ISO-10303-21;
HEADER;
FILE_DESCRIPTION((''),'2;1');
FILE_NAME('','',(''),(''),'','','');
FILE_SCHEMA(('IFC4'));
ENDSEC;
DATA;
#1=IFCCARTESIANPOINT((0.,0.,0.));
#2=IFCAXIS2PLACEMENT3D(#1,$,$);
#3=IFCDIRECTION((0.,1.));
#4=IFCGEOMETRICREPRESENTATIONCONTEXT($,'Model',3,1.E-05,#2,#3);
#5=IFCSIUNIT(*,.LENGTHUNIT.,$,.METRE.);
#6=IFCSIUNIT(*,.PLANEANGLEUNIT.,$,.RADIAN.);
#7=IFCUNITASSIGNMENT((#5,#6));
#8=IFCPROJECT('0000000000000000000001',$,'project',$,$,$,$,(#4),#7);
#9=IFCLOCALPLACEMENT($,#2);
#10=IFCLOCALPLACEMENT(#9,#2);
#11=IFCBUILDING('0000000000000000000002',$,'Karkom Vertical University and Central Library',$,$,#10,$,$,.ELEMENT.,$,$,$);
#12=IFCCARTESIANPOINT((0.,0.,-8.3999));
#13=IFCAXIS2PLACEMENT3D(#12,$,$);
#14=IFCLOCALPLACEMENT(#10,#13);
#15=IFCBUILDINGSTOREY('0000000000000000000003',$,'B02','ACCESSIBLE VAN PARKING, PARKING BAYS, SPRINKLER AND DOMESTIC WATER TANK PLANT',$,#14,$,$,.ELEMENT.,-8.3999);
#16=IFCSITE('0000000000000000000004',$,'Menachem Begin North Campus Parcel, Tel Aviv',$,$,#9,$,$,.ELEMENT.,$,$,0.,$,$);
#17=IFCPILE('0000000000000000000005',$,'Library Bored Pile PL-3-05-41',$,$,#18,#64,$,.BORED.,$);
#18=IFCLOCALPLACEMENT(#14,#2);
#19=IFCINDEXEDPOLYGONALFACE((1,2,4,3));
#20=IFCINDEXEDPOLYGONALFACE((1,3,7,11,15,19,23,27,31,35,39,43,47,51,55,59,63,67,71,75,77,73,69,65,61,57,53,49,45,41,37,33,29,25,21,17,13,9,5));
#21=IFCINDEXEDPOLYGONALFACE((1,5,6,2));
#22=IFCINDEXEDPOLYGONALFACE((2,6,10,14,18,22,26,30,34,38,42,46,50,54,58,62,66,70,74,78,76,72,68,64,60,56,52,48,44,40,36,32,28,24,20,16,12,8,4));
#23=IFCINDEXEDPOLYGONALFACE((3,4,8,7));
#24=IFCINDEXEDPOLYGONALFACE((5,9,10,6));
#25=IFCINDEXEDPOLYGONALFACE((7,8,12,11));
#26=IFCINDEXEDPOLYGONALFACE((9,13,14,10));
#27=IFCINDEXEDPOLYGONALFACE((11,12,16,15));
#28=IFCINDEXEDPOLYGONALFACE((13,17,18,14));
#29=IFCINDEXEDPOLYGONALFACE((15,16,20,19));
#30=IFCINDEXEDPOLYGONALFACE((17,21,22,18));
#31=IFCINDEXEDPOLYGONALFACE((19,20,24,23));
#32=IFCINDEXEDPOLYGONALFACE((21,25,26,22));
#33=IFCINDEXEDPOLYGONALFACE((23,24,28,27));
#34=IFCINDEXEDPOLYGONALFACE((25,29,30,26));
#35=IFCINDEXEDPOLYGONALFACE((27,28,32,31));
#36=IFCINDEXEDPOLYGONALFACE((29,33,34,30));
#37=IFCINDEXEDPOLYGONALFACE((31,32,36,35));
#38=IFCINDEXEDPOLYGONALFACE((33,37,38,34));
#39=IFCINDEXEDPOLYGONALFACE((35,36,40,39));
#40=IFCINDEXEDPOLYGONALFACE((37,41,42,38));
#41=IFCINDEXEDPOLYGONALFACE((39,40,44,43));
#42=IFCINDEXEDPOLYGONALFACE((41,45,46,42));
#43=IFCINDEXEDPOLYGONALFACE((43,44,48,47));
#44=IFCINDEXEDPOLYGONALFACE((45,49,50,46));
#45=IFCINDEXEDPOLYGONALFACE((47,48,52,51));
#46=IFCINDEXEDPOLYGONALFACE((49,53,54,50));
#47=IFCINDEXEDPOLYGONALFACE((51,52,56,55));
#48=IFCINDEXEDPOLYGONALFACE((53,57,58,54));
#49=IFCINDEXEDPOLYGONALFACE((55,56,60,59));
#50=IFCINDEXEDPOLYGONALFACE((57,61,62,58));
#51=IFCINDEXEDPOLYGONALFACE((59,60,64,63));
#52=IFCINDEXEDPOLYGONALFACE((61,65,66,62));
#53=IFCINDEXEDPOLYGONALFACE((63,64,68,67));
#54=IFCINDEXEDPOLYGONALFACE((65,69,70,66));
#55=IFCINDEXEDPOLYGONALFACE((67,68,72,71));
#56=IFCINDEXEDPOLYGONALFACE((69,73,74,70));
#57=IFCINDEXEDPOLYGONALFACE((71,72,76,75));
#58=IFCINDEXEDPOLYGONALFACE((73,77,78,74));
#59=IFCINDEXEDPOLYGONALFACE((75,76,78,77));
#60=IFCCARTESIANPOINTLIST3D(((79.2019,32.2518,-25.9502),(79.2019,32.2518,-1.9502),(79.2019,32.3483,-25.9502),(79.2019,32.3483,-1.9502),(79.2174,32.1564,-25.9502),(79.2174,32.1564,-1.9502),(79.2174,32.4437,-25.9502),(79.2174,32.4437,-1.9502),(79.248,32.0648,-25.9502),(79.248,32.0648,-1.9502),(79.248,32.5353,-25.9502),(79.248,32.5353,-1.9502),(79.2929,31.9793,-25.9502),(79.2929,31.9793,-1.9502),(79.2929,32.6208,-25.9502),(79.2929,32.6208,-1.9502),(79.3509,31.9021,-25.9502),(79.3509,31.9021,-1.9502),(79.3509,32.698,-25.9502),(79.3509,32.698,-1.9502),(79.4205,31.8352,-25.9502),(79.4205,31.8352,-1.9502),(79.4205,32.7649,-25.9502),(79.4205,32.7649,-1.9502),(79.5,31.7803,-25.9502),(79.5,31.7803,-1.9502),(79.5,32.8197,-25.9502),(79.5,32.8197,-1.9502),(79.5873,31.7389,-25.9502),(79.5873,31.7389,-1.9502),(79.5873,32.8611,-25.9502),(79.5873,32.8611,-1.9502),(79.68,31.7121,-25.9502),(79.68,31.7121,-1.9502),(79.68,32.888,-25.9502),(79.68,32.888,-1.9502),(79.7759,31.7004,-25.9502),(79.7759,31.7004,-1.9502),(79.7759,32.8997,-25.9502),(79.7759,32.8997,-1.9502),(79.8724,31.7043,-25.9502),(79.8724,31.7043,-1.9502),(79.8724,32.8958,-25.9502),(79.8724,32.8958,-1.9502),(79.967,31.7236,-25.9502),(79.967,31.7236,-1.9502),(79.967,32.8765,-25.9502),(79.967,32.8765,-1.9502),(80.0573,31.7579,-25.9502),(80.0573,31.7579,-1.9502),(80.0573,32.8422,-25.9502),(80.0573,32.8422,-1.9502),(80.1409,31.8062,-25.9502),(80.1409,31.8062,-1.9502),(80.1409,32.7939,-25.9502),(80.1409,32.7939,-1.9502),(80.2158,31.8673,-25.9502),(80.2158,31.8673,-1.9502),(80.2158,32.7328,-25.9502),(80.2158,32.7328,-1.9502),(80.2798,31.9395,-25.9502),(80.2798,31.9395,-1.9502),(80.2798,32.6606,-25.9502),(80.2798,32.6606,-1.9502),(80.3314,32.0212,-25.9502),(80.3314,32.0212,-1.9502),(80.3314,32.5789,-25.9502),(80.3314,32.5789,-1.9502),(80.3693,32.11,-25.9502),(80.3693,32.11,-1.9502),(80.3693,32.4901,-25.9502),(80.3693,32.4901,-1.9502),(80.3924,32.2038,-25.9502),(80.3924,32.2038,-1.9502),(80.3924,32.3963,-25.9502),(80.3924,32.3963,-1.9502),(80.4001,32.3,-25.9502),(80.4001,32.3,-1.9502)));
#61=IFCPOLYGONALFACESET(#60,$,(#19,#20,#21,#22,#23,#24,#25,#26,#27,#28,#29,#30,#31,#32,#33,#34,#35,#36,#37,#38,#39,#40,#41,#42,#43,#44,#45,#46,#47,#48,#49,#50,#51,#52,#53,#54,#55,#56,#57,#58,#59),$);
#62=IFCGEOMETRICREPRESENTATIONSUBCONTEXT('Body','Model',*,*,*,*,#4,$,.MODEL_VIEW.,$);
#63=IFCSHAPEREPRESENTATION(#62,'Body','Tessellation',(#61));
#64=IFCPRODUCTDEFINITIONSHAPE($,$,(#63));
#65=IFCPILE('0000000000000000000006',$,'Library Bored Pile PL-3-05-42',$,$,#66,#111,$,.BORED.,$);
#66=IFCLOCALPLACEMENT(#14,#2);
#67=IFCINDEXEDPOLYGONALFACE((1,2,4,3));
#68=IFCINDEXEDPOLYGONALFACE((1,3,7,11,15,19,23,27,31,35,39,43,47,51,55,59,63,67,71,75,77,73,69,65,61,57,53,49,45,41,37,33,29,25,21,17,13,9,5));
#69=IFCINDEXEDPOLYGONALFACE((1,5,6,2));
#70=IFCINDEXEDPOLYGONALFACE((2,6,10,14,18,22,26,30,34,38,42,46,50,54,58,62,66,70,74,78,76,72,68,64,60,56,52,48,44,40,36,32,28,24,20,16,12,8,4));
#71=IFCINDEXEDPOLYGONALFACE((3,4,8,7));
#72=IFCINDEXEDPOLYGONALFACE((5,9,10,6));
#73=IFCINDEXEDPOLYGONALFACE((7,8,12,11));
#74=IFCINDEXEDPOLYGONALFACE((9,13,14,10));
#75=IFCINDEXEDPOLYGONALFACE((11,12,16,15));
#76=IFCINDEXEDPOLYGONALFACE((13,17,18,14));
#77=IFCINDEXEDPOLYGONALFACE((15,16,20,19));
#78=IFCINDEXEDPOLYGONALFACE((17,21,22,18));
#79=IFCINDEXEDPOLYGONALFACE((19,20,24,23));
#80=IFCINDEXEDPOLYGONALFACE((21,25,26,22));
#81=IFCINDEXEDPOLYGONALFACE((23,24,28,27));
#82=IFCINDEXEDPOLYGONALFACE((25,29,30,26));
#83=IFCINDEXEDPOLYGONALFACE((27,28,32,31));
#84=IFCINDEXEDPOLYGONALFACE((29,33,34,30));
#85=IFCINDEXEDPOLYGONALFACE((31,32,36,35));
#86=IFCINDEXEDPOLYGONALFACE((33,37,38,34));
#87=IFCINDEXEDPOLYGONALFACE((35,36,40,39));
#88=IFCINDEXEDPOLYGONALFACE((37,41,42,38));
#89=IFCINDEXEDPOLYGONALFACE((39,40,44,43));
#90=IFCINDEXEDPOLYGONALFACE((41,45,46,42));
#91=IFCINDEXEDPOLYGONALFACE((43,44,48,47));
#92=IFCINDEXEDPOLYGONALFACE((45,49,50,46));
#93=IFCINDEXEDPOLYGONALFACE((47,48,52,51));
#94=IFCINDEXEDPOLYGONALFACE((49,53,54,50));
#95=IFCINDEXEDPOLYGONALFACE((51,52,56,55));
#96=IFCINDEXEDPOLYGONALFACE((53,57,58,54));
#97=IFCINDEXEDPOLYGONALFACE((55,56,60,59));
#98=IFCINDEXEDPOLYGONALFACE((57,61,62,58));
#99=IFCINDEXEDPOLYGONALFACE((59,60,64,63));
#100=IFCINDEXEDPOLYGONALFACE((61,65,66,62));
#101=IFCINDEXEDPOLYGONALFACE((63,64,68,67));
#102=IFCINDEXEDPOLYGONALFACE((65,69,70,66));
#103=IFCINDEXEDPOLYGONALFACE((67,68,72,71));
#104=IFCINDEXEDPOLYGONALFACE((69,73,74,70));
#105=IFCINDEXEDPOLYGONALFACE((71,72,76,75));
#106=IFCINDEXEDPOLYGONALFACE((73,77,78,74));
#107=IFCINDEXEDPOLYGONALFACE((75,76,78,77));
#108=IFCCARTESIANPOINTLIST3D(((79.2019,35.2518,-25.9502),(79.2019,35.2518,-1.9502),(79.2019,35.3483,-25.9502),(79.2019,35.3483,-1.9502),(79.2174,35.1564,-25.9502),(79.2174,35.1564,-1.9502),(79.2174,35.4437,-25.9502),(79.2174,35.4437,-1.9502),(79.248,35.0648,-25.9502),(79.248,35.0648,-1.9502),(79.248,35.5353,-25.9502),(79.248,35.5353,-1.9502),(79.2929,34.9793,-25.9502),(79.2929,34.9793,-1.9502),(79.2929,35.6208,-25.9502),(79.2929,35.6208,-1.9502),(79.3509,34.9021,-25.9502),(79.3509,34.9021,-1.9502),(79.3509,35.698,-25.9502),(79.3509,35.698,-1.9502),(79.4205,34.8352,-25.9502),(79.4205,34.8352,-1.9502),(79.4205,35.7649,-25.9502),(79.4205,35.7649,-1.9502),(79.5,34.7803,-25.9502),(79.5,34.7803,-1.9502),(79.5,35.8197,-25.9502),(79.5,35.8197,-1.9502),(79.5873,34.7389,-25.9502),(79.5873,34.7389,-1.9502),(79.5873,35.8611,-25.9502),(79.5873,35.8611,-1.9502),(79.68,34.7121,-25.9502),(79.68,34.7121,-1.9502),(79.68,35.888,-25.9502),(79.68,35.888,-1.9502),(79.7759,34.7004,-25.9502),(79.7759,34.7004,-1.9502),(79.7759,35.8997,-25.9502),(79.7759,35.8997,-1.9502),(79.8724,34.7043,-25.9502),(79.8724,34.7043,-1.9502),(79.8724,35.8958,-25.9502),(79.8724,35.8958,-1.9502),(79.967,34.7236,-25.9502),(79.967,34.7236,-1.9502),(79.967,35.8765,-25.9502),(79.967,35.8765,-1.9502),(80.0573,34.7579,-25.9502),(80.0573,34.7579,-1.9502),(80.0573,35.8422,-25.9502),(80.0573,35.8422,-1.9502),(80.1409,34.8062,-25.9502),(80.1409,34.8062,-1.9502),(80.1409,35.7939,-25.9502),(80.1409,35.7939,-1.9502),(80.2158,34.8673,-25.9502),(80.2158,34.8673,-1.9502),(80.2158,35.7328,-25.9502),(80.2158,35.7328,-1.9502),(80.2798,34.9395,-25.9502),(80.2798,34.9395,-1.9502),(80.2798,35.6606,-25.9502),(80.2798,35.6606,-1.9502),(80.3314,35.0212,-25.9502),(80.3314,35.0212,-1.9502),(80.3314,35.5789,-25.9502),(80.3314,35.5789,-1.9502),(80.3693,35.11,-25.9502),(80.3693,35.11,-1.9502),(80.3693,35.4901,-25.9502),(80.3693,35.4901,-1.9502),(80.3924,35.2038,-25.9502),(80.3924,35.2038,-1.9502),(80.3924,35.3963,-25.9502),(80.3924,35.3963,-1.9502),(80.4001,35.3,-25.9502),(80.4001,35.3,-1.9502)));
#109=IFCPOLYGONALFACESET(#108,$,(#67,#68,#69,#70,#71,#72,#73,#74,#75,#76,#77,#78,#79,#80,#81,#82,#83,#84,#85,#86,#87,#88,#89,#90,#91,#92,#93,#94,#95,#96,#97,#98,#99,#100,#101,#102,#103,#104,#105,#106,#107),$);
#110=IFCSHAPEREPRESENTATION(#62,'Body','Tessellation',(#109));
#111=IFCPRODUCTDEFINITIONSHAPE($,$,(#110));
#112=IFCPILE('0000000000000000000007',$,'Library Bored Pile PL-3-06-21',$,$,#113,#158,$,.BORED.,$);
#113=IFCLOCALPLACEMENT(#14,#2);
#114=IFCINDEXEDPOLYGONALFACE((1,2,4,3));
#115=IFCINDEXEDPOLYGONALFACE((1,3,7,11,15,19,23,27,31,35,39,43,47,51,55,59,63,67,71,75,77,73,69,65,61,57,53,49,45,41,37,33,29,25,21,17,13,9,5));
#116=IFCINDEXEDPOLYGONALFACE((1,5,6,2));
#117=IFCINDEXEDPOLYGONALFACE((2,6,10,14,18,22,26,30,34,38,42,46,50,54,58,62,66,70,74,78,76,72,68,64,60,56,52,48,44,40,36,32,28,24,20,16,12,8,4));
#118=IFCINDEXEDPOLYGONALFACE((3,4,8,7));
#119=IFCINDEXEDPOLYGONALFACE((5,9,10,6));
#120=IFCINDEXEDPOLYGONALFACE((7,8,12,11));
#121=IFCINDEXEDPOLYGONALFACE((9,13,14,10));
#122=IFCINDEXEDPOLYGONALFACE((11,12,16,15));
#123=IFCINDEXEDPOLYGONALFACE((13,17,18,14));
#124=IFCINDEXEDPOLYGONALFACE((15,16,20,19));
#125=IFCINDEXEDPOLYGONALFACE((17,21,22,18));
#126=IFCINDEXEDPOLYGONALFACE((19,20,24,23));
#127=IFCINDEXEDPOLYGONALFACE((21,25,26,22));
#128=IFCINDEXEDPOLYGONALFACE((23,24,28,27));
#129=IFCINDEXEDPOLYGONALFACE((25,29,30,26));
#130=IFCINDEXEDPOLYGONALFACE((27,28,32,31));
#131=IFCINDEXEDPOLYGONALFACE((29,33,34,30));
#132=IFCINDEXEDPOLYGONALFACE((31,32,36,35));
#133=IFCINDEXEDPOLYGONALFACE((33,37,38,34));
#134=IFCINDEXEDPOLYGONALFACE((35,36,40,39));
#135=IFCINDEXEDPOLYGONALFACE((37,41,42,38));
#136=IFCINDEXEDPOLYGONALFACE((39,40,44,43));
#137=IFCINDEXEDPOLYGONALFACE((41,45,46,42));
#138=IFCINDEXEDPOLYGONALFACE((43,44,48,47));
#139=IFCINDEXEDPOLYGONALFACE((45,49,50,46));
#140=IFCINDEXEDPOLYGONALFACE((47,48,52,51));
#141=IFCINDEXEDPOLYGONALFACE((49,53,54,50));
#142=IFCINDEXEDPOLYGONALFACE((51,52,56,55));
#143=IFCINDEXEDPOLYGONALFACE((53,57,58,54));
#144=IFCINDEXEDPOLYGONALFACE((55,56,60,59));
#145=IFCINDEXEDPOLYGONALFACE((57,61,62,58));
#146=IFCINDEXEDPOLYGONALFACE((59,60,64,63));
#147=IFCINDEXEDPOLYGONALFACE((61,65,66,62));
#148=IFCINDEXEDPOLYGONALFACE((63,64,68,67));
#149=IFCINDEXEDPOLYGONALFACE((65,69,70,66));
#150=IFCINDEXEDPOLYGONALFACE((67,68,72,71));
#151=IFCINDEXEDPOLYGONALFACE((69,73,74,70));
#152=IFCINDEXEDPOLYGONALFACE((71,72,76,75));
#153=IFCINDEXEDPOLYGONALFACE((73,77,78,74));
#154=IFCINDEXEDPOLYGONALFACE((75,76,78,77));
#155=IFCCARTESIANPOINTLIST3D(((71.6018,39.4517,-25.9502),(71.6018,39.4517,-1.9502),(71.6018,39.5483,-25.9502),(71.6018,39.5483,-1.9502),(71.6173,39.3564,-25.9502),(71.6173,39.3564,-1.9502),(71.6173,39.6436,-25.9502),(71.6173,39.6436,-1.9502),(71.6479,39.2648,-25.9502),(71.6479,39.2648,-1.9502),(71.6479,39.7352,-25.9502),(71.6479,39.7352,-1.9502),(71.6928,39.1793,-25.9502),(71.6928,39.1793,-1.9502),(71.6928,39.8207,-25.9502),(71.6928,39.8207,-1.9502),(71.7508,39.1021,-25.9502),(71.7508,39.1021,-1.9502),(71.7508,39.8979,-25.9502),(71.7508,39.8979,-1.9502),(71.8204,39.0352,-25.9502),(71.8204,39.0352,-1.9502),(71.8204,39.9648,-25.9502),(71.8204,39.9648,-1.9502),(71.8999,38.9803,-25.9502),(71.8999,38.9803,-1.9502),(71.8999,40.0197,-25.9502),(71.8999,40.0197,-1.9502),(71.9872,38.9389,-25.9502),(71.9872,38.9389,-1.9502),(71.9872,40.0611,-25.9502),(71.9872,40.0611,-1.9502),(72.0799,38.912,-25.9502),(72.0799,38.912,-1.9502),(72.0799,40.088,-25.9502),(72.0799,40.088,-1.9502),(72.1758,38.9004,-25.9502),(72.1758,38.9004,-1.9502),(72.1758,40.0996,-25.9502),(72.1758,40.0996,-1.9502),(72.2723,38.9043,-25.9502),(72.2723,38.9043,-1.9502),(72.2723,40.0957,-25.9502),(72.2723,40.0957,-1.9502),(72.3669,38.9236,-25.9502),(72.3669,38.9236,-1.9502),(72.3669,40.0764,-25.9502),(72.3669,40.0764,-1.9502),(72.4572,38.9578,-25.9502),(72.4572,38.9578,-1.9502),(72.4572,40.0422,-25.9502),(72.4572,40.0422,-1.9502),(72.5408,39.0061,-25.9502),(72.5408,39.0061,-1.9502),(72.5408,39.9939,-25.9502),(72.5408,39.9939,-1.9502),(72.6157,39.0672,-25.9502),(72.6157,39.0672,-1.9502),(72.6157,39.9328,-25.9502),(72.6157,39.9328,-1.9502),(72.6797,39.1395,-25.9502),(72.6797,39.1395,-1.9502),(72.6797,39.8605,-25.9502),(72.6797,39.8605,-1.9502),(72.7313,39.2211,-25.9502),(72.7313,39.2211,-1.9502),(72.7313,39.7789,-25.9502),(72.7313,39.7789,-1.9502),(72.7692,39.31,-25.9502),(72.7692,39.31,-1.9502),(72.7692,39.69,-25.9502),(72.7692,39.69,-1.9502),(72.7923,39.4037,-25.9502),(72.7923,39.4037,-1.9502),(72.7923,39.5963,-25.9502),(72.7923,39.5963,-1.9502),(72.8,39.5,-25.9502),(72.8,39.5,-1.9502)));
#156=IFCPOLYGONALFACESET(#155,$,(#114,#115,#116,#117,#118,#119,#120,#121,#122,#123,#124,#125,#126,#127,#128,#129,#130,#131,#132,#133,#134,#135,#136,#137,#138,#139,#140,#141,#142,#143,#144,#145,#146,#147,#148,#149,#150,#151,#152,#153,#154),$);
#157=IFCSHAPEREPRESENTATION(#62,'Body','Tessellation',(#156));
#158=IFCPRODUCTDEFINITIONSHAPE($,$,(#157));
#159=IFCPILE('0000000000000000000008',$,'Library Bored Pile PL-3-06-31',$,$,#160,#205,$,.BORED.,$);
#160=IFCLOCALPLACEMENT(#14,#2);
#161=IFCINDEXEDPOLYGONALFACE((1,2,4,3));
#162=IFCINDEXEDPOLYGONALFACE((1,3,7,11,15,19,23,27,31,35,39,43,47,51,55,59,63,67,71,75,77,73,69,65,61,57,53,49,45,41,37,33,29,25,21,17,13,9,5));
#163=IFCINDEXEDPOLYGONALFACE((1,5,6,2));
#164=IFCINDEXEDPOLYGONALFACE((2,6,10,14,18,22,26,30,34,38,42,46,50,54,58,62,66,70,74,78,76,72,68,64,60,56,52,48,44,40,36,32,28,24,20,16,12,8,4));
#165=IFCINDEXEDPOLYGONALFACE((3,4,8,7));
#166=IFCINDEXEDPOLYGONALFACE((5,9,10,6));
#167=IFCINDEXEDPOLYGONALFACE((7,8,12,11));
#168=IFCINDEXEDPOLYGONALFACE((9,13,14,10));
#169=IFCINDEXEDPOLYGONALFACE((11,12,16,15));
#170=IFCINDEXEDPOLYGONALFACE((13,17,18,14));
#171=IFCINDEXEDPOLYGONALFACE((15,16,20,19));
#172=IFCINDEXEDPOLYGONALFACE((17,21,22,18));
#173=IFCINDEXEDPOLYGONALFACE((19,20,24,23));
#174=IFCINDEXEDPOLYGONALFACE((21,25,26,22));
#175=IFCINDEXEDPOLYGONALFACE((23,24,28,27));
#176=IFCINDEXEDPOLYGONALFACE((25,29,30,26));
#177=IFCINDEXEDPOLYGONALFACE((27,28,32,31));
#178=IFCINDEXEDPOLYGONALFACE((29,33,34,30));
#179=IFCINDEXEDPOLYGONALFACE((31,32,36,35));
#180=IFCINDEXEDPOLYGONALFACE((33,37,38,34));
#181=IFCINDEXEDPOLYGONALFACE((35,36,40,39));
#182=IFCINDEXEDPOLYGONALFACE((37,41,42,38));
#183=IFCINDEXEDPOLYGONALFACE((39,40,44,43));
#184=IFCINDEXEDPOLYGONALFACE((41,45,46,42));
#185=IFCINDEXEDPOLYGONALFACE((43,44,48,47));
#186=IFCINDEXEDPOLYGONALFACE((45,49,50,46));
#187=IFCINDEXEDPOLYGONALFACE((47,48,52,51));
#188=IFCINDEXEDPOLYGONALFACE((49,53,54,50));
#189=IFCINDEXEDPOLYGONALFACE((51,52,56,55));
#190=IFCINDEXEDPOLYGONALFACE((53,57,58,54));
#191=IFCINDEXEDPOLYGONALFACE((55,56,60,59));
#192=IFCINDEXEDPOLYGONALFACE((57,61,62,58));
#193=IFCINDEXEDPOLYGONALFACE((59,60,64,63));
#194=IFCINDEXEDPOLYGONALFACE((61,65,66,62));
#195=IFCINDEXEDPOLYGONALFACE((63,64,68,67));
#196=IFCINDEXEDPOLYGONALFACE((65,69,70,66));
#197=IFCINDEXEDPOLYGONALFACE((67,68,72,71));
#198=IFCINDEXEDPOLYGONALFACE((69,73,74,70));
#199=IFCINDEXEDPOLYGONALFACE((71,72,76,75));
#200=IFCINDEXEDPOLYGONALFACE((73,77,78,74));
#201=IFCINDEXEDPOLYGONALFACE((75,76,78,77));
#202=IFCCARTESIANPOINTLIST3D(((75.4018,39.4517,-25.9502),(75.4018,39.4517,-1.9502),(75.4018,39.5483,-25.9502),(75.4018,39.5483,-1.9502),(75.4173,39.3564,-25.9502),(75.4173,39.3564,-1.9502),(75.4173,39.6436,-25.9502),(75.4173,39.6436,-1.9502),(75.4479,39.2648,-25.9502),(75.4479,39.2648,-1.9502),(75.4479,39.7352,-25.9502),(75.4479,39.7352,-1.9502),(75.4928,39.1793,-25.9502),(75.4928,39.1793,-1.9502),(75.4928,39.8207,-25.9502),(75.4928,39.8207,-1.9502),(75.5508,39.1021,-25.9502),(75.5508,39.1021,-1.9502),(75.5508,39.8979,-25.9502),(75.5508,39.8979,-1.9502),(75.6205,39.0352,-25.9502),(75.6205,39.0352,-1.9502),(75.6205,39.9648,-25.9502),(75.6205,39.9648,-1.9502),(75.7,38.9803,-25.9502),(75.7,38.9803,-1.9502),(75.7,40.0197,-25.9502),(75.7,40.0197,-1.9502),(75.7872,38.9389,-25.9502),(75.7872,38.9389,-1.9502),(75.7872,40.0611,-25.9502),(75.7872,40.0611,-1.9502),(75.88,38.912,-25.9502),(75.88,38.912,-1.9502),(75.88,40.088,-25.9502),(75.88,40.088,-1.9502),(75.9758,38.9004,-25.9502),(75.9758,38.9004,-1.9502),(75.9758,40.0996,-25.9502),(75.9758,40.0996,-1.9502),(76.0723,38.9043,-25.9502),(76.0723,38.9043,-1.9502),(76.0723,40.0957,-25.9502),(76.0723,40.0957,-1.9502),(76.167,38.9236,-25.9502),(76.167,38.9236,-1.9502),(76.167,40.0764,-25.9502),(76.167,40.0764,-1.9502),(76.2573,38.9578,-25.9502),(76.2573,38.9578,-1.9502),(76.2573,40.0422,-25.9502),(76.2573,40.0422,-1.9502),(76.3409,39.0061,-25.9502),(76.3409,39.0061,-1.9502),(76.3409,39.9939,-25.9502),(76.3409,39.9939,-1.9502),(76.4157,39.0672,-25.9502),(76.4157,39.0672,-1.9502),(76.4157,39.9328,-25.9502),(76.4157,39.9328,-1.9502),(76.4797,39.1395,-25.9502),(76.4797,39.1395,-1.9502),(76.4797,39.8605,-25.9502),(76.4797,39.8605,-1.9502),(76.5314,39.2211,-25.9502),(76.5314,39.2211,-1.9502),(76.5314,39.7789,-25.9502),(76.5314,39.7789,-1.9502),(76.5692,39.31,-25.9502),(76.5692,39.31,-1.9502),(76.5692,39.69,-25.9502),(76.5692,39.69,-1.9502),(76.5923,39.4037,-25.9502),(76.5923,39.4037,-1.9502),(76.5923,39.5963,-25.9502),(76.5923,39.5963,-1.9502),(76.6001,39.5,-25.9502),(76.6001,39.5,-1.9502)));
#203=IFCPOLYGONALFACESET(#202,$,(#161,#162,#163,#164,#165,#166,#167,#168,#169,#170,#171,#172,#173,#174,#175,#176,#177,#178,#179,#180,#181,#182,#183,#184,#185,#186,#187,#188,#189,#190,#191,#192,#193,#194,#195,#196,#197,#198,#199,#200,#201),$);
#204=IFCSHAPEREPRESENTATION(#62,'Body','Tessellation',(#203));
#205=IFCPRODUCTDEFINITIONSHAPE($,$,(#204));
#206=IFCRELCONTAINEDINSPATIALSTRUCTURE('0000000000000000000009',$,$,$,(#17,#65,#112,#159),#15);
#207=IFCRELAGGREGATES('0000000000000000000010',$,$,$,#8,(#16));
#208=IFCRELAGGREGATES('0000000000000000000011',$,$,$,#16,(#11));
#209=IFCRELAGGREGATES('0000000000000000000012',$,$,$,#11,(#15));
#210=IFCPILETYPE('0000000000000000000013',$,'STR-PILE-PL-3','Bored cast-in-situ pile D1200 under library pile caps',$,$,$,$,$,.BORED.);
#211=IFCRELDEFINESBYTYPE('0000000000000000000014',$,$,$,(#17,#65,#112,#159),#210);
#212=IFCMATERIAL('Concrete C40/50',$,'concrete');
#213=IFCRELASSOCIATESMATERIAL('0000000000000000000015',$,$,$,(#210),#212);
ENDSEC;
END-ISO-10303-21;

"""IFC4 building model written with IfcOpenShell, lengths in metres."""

from ifc_helpers import new_model, si_unit, direction, frame, origin, origin_with_axes, origin_2d, place, context, subcontext, project, spatial, circle, extrude, source, transform, mapped, material, material_profile, profile_set, type_object, element, save


model = new_model("IFC4")

# Units and contexts
model_context = context("Model", 3, precision=1e-05, world=origin(), true_north=direction((0.0, 1.0)))
body_context = subcontext(model_context, "Body", "Model", "MODEL_VIEW")
ifc_project = project(units=[si_unit("LENGTHUNIT", "METRE"), si_unit("PLANEANGLEUNIT", "RADIAN")], contexts=[model_context])

# Site, building, storey
site_placement = place(None, origin())
site = spatial("IfcSite", under=ifc_project, at=site_placement, Name="Menachem Begin North Campus Parcel, Tel Aviv", CompositionType="ELEMENT", RefElevation=0.0)
building_placement = place(site_placement, origin())
building = spatial("IfcBuilding", under=site, at=building_placement, Name="Karkom Vertical University and Central Library", CompositionType="ELEMENT")
storey_placement = place(building_placement, frame((0.0, 0.0, -8.3999)))
storey = spatial("IfcBuildingStorey", under=building, at=storey_placement, Name="B02", Description="ACCESSIBLE VAN PARKING, PARKING BAYS, SPRINKLER AND DOMESTIC WATER TANK PLANT", CompositionType="ELEMENT", Elevation=-8.3999)

# Piles
ifc_material_1 = material(Name="Concrete C40/50", Category="concrete")
ifc_material_profile_1 = material_profile(ifc_material_1, circle(Radius=0.6001, at=origin_2d()), Name="PILE-D1200")
ifc_profile_set_1 = profile_set([ifc_material_profile_1], Name="Concrete C40/50")
pile_type = type_object("IfcPileType", Name="STR-PILE-PL-3", Description="Bored cast-in-situ pile D1200 under library pile caps", PredefinedType="BORED", material=ifc_profile_set_1)
shared_shape_1 = source(origin_with_axes(), body_context, "Body", "SweptSolid", [
    extrude(circle(Radius=0.6001, at=origin_2d()), origin(), (0.0, 0.0, 1.0), 24.0),
])
for number, where, z_axis, x_axis, name in (
    (1, (79.8, 32.3, -1.9502), (0.0, 0.0, -1.0), (1.0, 0.0, 0.0), "Library Bored Pile PL-3-05-41"),
    (2, (79.8, 35.3, -1.9502), (0.0, 0.0, -1.0), (1.0, 0.0, 0.0), "Library Bored Pile PL-3-05-42"),
    (3, (72.2, 39.5, -1.9502), (0.0, 0.0, -1.0), (1.0, 0.0, 0.0), "Library Bored Pile PL-3-06-21"),
    (4, (76.0, 39.5, -1.9502), (0.0, 0.0, -1.0), (1.0, 0.0, 0.0), "Library Bored Pile PL-3-06-31"),
):
    element("IfcPile", number, at=place(storey_placement, frame(where, z_axis=z_axis, x_axis=x_axis)), inside=storey, type_object=pile_type, Name=name, PredefinedType="BORED", context=body_context, shape_type="MappedRepresentation", body=[
        mapped(shared_shape_1, transform((0.0, 0.0, 0.0), scale=1.0)),
    ])

save(model, "model.ifc")
